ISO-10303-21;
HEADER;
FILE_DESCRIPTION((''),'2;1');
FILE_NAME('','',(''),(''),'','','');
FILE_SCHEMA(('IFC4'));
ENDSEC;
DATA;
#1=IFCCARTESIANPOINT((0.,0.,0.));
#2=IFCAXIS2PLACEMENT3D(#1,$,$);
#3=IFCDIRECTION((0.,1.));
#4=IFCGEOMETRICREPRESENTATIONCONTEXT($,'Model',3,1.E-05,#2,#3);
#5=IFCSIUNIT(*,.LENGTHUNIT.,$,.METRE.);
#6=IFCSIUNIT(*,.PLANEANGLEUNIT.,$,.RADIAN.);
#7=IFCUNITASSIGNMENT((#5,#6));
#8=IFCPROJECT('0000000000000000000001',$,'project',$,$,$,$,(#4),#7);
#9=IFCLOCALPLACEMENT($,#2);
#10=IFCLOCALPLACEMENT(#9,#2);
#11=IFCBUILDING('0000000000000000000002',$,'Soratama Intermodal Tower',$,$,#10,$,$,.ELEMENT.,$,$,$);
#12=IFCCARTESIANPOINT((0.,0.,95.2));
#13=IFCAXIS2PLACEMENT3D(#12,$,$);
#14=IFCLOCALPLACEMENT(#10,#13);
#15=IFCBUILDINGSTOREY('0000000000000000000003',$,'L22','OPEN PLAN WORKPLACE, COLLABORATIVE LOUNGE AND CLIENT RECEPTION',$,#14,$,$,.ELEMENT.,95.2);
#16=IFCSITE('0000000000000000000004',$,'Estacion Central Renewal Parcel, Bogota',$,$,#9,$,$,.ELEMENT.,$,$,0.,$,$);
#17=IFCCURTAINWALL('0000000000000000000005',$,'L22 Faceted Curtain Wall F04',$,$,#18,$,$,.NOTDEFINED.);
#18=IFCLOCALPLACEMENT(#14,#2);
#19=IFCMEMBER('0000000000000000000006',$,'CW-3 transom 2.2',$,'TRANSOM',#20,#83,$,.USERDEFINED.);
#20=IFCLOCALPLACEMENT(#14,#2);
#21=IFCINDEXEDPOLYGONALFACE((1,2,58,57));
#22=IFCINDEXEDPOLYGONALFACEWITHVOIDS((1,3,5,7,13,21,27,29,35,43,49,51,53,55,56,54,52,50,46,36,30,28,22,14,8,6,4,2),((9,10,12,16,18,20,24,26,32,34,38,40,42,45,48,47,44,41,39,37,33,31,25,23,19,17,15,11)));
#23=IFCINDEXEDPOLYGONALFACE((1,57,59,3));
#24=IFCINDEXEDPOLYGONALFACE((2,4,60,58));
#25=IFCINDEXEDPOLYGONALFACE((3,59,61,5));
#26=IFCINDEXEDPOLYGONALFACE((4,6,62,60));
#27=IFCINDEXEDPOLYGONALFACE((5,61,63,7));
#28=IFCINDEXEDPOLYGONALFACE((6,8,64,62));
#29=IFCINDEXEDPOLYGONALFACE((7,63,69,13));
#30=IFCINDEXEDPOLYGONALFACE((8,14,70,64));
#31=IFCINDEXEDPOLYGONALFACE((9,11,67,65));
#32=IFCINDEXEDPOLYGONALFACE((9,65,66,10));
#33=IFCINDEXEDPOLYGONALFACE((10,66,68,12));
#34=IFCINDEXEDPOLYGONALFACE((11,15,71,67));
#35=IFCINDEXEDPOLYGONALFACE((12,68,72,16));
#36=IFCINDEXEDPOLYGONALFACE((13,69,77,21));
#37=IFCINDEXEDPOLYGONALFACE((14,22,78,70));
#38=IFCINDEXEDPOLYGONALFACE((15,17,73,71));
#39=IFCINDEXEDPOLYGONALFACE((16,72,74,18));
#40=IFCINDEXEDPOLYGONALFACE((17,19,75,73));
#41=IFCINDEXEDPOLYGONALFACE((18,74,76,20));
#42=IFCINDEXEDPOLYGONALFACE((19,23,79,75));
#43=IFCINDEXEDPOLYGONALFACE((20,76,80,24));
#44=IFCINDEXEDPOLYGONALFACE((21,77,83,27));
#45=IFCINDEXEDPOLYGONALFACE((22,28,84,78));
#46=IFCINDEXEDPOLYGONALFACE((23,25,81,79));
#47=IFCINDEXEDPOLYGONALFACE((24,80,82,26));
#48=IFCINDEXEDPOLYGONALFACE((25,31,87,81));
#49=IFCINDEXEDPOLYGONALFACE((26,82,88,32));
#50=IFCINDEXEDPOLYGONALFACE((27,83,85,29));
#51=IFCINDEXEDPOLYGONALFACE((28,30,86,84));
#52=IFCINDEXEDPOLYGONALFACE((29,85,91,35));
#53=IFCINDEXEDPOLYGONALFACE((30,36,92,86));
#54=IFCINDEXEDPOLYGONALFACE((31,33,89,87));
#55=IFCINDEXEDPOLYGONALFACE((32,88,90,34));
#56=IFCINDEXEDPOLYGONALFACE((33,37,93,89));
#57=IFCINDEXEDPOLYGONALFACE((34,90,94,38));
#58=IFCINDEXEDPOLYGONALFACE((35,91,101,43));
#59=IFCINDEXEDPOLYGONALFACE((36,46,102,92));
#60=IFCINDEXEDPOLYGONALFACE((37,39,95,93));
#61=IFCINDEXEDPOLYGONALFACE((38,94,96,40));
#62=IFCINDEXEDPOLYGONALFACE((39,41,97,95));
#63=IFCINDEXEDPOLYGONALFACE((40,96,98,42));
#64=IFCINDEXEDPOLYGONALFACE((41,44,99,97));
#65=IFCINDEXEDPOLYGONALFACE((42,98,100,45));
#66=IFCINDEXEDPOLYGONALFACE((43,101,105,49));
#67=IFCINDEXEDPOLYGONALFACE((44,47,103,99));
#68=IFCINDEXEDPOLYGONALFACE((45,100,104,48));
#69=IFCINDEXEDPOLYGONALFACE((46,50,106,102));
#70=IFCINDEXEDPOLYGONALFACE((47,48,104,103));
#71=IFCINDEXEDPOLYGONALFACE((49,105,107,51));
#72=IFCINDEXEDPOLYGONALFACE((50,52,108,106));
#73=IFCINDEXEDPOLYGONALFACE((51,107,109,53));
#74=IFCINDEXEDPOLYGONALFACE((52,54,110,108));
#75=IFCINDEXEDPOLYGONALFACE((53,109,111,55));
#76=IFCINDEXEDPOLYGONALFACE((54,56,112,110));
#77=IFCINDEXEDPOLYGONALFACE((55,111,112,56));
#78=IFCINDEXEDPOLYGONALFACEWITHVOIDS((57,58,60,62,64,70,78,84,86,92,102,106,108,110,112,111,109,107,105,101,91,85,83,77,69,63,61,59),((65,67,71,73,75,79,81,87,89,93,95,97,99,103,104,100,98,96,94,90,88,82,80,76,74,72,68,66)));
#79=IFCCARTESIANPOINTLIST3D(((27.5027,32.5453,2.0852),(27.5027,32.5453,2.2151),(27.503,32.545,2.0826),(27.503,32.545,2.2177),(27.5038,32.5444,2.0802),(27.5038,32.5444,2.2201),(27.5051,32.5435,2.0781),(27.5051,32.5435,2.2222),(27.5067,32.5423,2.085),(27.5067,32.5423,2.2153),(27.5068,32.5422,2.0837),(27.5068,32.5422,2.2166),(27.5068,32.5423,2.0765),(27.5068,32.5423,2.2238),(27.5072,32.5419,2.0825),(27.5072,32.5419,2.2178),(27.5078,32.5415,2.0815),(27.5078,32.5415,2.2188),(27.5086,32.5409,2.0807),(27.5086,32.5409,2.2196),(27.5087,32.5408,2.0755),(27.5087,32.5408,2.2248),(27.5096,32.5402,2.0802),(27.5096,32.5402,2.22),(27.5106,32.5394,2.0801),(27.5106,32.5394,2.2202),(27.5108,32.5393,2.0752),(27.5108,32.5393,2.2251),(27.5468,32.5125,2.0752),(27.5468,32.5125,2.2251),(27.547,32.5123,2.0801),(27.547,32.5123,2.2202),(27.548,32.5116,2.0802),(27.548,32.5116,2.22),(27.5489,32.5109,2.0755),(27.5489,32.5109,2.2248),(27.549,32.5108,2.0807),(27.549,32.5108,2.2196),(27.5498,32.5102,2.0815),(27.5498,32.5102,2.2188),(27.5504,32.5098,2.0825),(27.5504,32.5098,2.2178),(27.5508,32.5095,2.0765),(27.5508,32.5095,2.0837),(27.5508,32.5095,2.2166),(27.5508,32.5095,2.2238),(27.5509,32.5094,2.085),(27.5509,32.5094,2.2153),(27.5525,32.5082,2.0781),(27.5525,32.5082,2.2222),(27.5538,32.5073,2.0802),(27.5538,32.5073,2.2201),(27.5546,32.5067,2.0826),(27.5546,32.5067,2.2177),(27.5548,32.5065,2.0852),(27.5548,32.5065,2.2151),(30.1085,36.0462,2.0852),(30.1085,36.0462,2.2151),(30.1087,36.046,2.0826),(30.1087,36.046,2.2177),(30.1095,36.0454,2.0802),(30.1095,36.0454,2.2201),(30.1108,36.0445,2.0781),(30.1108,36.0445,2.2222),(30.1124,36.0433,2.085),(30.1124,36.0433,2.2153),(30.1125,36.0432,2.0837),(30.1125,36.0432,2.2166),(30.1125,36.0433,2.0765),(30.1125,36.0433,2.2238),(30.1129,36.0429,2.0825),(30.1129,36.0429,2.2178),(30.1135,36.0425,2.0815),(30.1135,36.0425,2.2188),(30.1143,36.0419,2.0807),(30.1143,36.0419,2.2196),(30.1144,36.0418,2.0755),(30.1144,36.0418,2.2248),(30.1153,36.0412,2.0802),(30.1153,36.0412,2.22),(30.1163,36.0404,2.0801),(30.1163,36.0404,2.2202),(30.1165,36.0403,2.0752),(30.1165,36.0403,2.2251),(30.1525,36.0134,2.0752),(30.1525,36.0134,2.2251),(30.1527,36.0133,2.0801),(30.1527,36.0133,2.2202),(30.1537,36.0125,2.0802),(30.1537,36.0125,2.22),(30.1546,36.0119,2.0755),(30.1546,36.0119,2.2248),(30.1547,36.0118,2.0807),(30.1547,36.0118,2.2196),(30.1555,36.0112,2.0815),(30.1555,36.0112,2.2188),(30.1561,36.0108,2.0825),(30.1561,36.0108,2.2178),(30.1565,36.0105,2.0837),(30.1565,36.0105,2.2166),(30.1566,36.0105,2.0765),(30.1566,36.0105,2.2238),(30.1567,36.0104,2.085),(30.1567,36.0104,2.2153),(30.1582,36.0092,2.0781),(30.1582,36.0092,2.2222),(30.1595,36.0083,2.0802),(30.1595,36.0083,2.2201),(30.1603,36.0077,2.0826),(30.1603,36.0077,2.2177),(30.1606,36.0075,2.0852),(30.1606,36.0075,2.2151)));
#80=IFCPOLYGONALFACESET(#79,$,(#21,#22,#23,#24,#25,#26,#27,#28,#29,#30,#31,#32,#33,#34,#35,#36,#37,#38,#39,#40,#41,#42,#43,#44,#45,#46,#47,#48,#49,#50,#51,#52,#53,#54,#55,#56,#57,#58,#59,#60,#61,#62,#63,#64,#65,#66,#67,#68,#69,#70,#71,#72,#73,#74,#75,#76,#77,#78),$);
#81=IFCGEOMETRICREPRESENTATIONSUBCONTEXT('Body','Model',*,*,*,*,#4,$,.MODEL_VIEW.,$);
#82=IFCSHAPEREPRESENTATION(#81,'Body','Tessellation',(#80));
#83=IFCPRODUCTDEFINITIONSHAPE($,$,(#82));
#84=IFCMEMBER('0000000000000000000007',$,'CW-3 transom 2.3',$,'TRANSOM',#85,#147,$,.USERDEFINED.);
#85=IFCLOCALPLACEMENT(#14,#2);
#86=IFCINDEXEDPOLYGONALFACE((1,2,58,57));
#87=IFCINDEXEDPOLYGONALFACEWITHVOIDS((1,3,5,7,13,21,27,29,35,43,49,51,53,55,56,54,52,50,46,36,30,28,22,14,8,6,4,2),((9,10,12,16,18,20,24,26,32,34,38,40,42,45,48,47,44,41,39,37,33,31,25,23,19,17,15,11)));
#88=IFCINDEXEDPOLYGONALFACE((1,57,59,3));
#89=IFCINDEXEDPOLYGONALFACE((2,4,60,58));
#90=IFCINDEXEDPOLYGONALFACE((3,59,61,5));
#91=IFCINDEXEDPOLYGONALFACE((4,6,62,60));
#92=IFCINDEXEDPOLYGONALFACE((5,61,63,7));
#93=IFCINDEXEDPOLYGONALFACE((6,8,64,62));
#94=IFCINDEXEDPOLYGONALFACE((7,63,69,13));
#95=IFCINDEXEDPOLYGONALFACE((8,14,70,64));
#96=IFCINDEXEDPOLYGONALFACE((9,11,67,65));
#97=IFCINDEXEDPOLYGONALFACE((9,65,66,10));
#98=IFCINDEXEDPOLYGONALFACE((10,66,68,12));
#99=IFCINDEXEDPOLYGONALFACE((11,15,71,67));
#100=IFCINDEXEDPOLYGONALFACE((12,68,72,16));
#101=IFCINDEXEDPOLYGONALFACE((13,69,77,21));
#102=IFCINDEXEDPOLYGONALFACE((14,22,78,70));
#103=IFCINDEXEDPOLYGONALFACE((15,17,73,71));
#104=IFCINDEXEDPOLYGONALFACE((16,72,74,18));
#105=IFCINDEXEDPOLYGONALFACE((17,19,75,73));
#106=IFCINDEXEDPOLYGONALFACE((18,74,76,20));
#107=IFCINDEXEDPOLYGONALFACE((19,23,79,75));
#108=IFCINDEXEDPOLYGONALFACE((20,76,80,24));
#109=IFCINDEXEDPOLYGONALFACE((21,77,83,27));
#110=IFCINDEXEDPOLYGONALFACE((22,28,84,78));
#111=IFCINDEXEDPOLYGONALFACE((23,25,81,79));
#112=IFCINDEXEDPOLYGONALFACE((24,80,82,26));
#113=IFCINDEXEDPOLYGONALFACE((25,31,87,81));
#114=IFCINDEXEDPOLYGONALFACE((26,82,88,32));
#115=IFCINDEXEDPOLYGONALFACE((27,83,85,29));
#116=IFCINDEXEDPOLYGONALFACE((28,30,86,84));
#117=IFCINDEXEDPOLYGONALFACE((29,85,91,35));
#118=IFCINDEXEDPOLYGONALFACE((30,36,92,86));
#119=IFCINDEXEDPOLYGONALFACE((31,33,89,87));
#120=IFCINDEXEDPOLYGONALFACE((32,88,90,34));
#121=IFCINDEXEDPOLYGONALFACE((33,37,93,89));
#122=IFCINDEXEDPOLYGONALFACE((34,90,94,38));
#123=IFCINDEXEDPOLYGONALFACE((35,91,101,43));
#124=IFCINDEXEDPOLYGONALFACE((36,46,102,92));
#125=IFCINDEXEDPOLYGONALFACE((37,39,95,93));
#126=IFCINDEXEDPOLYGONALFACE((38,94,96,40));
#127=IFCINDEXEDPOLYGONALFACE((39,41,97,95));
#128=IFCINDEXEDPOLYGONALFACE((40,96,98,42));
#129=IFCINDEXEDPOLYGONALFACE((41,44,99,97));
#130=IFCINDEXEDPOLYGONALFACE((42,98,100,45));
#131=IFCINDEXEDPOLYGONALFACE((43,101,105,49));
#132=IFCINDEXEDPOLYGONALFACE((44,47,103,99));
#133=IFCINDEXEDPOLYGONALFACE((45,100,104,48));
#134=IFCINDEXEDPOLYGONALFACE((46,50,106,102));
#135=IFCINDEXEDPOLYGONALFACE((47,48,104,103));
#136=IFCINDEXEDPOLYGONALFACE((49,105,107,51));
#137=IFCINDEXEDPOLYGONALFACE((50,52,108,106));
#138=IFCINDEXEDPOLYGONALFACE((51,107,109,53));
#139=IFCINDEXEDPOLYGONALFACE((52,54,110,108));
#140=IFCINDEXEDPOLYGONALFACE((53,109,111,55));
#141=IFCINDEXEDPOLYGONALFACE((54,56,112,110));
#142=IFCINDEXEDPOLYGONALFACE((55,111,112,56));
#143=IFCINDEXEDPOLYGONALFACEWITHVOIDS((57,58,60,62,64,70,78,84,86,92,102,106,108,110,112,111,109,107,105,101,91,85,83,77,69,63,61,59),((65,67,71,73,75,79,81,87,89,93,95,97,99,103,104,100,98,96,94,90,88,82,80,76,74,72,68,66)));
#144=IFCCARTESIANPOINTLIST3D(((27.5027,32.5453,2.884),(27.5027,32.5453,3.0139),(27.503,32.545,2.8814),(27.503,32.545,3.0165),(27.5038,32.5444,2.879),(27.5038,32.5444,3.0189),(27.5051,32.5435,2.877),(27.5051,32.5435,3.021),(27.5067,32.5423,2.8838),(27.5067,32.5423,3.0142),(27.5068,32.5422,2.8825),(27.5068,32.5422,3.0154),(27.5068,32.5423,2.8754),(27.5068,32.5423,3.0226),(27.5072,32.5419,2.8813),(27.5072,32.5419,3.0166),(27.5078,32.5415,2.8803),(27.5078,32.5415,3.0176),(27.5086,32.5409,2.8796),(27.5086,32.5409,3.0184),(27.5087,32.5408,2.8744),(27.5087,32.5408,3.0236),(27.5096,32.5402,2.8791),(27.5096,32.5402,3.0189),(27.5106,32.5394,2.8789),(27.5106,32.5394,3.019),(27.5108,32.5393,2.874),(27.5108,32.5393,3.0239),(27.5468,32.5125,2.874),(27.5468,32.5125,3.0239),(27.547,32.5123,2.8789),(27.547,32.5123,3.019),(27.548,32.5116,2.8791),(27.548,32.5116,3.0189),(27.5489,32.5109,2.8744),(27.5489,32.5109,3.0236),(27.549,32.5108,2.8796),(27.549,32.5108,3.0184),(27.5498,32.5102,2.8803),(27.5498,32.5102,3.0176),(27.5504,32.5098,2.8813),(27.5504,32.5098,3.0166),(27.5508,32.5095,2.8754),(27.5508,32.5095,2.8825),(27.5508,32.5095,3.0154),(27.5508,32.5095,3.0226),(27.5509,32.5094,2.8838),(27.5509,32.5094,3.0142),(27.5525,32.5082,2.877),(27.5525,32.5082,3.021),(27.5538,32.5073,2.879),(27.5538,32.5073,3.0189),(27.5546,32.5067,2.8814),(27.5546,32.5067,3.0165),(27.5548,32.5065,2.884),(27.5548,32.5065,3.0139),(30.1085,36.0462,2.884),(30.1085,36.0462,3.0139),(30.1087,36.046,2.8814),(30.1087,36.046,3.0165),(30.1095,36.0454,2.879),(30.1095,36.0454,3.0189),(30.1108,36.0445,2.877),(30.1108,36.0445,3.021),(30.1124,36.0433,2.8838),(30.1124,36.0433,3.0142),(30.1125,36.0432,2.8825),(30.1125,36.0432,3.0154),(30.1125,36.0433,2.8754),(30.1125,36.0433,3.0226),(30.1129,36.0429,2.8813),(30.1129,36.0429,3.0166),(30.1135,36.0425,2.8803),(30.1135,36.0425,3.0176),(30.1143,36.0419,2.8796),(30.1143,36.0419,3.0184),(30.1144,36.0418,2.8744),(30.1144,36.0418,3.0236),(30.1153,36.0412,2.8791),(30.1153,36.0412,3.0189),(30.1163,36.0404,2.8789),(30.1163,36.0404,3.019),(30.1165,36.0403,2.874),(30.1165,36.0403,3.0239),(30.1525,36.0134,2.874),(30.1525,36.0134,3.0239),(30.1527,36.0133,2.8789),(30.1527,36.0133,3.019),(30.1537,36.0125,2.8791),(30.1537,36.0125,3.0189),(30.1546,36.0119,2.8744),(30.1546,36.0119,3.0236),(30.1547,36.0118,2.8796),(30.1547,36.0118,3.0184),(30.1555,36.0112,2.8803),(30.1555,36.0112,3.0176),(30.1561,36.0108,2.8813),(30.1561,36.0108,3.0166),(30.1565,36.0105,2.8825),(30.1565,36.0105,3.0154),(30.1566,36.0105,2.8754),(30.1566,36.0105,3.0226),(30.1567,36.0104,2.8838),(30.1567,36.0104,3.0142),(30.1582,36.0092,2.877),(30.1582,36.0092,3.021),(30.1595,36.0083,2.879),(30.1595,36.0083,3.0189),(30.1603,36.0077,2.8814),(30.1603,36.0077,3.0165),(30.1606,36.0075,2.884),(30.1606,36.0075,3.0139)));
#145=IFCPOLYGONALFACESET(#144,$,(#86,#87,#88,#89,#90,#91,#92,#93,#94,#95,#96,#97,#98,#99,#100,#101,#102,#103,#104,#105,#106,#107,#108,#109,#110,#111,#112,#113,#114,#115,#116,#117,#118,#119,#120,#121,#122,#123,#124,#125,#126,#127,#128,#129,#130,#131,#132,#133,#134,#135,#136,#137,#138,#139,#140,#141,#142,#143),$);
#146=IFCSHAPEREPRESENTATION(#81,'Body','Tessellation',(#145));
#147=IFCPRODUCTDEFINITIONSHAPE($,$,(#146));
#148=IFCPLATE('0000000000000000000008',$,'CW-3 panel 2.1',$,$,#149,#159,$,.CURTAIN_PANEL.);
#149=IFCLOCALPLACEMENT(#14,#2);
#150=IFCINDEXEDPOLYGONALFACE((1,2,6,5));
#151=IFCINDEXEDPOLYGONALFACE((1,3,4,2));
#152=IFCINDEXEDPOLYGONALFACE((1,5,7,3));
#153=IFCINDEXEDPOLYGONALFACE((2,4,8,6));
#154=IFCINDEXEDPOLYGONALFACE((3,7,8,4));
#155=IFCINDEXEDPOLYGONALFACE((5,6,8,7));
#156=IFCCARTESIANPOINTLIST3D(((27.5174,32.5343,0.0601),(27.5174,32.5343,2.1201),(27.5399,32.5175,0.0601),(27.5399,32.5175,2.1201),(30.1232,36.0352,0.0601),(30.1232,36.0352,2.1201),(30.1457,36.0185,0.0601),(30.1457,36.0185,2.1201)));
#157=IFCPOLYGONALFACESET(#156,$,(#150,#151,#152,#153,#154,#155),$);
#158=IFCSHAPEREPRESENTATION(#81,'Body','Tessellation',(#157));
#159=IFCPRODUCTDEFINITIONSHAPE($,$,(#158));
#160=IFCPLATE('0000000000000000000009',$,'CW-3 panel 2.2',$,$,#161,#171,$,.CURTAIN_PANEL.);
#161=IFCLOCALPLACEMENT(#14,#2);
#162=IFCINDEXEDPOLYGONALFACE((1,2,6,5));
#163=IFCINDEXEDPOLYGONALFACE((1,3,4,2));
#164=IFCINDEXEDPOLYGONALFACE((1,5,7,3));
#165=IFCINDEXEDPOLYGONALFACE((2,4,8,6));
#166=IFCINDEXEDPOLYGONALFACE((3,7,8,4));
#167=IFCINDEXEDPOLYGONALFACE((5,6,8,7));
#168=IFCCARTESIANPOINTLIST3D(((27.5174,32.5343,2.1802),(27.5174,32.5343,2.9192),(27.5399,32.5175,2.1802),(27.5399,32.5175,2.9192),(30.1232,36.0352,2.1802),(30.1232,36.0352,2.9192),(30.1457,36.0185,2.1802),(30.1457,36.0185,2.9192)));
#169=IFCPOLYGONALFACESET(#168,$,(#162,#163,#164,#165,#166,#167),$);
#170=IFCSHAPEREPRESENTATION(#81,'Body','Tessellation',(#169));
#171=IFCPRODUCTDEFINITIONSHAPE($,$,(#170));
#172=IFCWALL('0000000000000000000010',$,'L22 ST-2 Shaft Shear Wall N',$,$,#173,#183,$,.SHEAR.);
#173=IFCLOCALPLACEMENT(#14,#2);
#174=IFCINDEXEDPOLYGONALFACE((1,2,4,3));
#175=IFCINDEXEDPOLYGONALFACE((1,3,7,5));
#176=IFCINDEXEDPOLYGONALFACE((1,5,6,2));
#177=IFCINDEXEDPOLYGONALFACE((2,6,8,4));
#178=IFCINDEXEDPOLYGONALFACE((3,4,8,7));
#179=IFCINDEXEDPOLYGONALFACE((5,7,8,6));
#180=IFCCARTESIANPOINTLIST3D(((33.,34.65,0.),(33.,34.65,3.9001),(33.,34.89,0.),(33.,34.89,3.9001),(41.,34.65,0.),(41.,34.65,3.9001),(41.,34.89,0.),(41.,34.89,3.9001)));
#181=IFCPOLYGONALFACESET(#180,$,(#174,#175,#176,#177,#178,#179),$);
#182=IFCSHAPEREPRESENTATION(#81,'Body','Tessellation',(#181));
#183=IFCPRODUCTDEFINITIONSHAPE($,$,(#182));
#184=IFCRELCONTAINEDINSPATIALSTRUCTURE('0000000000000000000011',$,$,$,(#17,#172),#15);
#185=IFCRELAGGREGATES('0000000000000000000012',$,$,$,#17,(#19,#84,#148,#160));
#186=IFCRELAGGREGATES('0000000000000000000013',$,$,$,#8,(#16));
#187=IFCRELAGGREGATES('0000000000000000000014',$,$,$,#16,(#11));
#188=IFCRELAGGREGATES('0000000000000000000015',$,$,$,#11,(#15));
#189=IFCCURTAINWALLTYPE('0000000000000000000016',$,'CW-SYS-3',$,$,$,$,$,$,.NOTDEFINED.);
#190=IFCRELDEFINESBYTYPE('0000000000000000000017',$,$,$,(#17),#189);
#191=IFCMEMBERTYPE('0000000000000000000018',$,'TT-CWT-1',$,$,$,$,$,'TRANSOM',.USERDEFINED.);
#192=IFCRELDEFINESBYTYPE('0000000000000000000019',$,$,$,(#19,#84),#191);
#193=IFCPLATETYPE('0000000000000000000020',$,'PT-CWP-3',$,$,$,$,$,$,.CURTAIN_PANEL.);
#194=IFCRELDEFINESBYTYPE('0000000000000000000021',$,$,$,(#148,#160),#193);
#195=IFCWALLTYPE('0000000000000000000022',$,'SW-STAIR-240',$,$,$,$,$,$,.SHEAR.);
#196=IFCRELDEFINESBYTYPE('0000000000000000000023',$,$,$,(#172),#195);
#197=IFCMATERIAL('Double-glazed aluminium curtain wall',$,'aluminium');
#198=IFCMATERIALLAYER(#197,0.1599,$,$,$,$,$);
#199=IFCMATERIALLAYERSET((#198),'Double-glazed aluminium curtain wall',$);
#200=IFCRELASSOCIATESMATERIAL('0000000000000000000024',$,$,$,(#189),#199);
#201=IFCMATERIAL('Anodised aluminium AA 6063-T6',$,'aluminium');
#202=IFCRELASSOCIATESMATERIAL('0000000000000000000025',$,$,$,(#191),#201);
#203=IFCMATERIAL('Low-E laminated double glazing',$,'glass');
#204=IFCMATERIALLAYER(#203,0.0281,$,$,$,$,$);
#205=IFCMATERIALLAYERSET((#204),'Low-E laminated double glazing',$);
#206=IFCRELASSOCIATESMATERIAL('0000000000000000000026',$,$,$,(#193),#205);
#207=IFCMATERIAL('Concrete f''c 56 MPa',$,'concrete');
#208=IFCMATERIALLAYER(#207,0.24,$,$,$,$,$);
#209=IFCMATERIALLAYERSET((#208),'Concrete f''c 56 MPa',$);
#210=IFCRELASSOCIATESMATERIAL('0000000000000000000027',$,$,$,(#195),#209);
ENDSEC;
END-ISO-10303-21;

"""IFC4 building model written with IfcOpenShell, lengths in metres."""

from ifc_helpers import new_model, si_unit, direction, frame, frame_2d, origin, origin_2d, place, context, subcontext, project, spatial, rectangle, hollow_rectangle, extrude, material, layer, layer_set, material_profile, profile_set, type_object, element, aggregate, save


model = new_model("IFC4")

# Units and contexts
model_context = context("Model", 3, precision=1e-05, world=origin(), true_north=direction((0.0, 1.0)))
body_context = subcontext(model_context, "Body", "Model", "MODEL_VIEW")
ifc_project = project(units=[si_unit("LENGTHUNIT", "METRE"), si_unit("PLANEANGLEUNIT", "RADIAN")], contexts=[model_context])

# Site, building, storey
site_placement = place(None, origin())
site = spatial("IfcSite", under=ifc_project, at=site_placement, Name="Estacion Central Renewal Parcel, Bogota", CompositionType="ELEMENT", RefElevation=0.0)
building_placement = place(site_placement, origin())
building = spatial("IfcBuilding", under=site, at=building_placement, Name="Soratama Intermodal Tower", CompositionType="ELEMENT")
storey_placement = place(building_placement, frame((0.0, 0.0, 95.2)))
storey = spatial("IfcBuildingStorey", under=building, at=storey_placement, Name="L22", Description="OPEN PLAN WORKPLACE, COLLABORATIVE LOUNGE AND CLIENT RECEPTION", CompositionType="ELEMENT", Elevation=95.2)

# Curtain wall, members, plates
ifc_material_1 = material(Name="Double-glazed aluminium curtain wall", Category="aluminium")
ifc_layer_1 = layer(ifc_material_1, 0.1599)
ifc_layer_set_1 = layer_set([ifc_layer_1], Name="Double-glazed aluminium curtain wall")
curtain_wall_type = type_object("IfcCurtainWallType", Name="CW-SYS-3", PredefinedType="NOTDEFINED", material=ifc_layer_set_1)
curtain_wall_placement = place(storey_placement, origin())
curtain_wall = element("IfcCurtainWall", 1, at=curtain_wall_placement, inside=storey, type_object=curtain_wall_type, Name="L22 Faceted Curtain Wall F04", PredefinedType="NOTDEFINED")
ifc_material_2 = material(Name="Anodised aluminium AA 6063-T6", Category="aluminium")
ifc_material_profile_1 = material_profile(ifc_material_2, hollow_rectangle(XDim=0.0649, YDim=0.1499, WallThickness=0.0049, InnerFilletRadius=0.0049, OuterFilletRadius=0.01, at=origin_2d()), Name="CWT150X65X5")
ifc_profile_set_1 = profile_set([ifc_material_profile_1], Name="Anodised aluminium AA 6063-T6")
member_type = type_object("IfcMemberType", Name="TT-CWT-1", ElementType="TRANSOM", PredefinedType="USERDEFINED", material=ifc_profile_set_1)
member_1_placement = place(storey_placement, frame((30.1345, 36.0269, 2.1501), z_axis=(-0.59706, -0.802196, 0.0), x_axis=(0.802196, -0.59706, 0.0)))
member_1 = element("IfcMember", 2, at=member_1_placement, type_object=member_type, Name="CW-3 transom 2.2", ObjectType="TRANSOM", PredefinedType="USERDEFINED", context=body_context, shape_type="SweptSolid", body=[
    extrude(hollow_rectangle(XDim=0.0649, YDim=0.1499, WallThickness=0.0049, InnerFilletRadius=0.0049, OuterFilletRadius=0.01, at=origin_2d()), origin(), (0.0, 0.0, 1.0), 4.3643),
])
member_2_placement = place(storey_placement, frame((30.1345, 36.0269, 2.949), z_axis=(-0.59706, -0.802196, 0.0), x_axis=(0.802196, -0.59706, 0.0)))
member_2 = element("IfcMember", 3, at=member_2_placement, type_object=member_type, Name="CW-3 transom 2.3", ObjectType="TRANSOM", PredefinedType="USERDEFINED", context=body_context, shape_type="SweptSolid", body=[
    extrude(hollow_rectangle(XDim=0.0649, YDim=0.1499, WallThickness=0.0049, InnerFilletRadius=0.0049, OuterFilletRadius=0.01, at=origin_2d()), origin(), (0.0, 0.0, 1.0), 4.3643),
])
ifc_material_3 = material(Name="Low-E laminated double glazing", Category="glass")
ifc_layer_2 = layer(ifc_material_3, 0.0281)
ifc_layer_set_2 = layer_set([ifc_layer_2], Name="Low-E laminated double glazing")
plate_type = type_object("IfcPlateType", Name="PT-CWP-3", PredefinedType="CURTAIN_PANEL", material=ifc_layer_set_2)
plate_1_placement = place(storey_placement, frame((28.8315, 34.2764, 0.0601), z_axis=(0.0, 0.0, 1.0), x_axis=(-0.59707, -0.802189, 0.0)))
plate_1 = element("IfcPlate", 4, at=plate_1_placement, type_object=plate_type, Name="CW-3 panel 2.1", PredefinedType="CURTAIN_PANEL", context=body_context, shape_type="SweptSolid", body=[
    extrude(rectangle(XDim=4.3643, YDim=0.0281, at=origin_2d()), origin(), (0.0, 0.0, 1.0), 2.0601),
])
plate_2_placement = place(storey_placement, frame((28.8315, 34.2764, 2.1802), z_axis=(0.0, 0.0, 1.0), x_axis=(-0.59707, -0.802189, 0.0)))
plate_2 = element("IfcPlate", 5, at=plate_2_placement, type_object=plate_type, Name="CW-3 panel 2.2", PredefinedType="CURTAIN_PANEL", context=body_context, shape_type="SweptSolid", body=[
    extrude(rectangle(XDim=4.3643, YDim=0.0281, at=origin_2d()), origin(), (0.0, 0.0, 1.0), 0.739),
])
aggregate(curtain_wall, [member_1, member_2, plate_1, plate_2])

# Wall
ifc_material_4 = material(Name="Concrete f'c 56 MPa", Category="concrete")
ifc_layer_3 = layer(ifc_material_4, 0.24)
ifc_layer_set_3 = layer_set([ifc_layer_3], Name="Concrete f'c 56 MPa")
wall_type_1 = type_object("IfcWallType", Name="SW-STAIR-240", PredefinedType="SHEAR", material=ifc_layer_set_3)
wall_1_placement = place(storey_placement, frame((33.0, 34.77, 0.0), z_axis=(0.0, 0.0, 1.0), x_axis=(1.0, 0.0, 0.0)))
element("IfcWall", 6, at=wall_1_placement, inside=storey, type_object=wall_type_1, Name="L22 ST-2 Shaft Shear Wall N", PredefinedType="SHEAR", context=body_context, shape_type="SweptSolid", body=[
    extrude(rectangle(XDim=8.0, YDim=0.24, at=frame_2d((4.0, 0.0))), origin(), (0.0, 0.0, 1.0), 3.9001),
])

save(model, "model.ifc")
